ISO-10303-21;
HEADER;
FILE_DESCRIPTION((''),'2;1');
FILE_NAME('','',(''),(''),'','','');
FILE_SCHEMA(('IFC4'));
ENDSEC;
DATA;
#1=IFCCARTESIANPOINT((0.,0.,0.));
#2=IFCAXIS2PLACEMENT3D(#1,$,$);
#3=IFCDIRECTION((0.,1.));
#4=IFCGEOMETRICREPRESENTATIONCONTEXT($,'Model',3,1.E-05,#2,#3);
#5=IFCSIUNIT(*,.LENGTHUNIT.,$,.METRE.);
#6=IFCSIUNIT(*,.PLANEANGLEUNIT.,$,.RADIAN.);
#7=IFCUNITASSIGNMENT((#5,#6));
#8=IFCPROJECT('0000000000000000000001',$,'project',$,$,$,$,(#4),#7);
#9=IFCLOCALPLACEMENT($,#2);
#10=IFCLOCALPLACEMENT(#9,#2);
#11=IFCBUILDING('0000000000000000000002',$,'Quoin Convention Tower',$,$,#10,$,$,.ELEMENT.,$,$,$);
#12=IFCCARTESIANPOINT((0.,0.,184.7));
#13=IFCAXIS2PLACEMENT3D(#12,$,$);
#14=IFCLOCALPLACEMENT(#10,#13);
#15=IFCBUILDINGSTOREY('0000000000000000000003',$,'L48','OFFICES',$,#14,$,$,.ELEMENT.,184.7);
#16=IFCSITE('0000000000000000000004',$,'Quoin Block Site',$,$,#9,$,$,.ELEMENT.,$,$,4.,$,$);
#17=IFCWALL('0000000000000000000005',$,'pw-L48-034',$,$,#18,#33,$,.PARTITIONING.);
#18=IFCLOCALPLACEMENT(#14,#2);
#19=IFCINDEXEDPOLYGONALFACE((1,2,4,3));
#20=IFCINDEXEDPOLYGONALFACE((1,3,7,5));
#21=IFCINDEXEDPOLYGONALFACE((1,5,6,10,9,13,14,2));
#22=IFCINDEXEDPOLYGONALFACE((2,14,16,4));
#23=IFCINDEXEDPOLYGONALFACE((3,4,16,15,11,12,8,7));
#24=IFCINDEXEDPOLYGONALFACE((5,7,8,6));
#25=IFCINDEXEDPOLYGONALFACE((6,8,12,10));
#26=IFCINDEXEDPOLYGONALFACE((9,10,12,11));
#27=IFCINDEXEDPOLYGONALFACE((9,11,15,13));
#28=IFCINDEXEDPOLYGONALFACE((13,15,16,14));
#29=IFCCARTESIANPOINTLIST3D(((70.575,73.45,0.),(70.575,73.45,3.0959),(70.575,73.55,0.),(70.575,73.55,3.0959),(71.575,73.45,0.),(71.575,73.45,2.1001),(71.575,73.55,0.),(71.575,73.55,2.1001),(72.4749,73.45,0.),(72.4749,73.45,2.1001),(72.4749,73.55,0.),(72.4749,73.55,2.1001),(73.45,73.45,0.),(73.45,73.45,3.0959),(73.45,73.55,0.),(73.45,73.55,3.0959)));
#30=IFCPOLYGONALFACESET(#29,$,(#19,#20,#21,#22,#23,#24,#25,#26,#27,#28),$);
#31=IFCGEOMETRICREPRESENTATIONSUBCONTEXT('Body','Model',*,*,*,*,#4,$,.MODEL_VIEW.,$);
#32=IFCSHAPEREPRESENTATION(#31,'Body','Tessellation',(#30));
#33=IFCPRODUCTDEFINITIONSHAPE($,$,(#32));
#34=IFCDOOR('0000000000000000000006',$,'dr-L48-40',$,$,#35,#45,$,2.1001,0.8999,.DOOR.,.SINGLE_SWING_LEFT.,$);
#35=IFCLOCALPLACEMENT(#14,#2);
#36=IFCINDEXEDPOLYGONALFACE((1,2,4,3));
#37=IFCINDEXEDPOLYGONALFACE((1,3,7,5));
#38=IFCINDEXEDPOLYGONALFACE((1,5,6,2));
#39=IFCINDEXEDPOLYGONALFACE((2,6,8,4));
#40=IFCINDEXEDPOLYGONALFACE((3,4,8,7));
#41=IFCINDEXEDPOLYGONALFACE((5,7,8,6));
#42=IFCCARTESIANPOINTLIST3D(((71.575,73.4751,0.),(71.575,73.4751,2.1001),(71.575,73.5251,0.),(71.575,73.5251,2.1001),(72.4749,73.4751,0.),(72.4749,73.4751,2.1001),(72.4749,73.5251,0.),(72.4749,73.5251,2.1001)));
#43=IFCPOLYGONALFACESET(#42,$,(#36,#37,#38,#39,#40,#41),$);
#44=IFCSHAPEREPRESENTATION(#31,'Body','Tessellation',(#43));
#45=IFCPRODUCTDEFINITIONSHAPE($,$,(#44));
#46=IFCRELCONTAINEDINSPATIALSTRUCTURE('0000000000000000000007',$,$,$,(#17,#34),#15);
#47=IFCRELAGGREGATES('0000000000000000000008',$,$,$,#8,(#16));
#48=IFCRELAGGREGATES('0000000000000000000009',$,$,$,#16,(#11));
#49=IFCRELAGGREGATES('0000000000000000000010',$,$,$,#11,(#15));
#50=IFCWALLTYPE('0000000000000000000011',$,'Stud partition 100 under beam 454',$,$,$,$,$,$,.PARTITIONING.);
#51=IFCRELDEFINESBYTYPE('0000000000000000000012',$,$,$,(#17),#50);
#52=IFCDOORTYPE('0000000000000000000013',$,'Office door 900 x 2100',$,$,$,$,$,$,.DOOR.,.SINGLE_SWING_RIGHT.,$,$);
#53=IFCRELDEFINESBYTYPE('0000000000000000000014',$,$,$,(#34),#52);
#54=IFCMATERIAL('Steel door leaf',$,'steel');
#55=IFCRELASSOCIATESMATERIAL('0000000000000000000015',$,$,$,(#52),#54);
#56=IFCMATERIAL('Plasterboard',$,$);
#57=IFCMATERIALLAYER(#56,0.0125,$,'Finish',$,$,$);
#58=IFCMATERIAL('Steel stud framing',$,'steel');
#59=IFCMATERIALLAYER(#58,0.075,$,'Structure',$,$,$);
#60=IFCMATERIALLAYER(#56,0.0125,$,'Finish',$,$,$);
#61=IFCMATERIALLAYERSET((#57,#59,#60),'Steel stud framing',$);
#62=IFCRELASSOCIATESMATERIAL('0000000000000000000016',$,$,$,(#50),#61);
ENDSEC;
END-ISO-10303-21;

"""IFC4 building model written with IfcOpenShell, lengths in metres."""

from ifc_helpers import new_model, si_unit, direction, frame, frame_2d, origin, place, context, subcontext, project, spatial, rectangle, extrude, material, layer, layer_set, type_object, element, fill, save


model = new_model("IFC4")

# Units and contexts
model_context = context("Model", 3, precision=1e-05, world=origin(), true_north=direction((0.0, 1.0)))
body_context = subcontext(model_context, "Body", "Model", "MODEL_VIEW")
ifc_project = project(units=[si_unit("LENGTHUNIT", "METRE"), si_unit("PLANEANGLEUNIT", "RADIAN")], contexts=[model_context])

# Site, building, storey
site_placement = place(None, origin())
site = spatial("IfcSite", under=ifc_project, at=site_placement, Name="Quoin Block Site", CompositionType="ELEMENT", RefElevation=4.0)
building_placement = place(site_placement, origin())
building = spatial("IfcBuilding", under=site, at=building_placement, Name="Quoin Convention Tower", CompositionType="ELEMENT")
storey_placement = place(building_placement, frame((0.0, 0.0, 184.7)))
storey = spatial("IfcBuildingStorey", under=building, at=storey_placement, Name="L48", Description="OFFICES", CompositionType="ELEMENT", Elevation=184.7)

# Shared definitions
ifc_material_1 = material(Name="Plasterboard")
ifc_material_2 = material(Name="Steel stud framing", Category="steel")
ifc_material_3 = material(Name="Steel door leaf", Category="steel")
door_type_1 = type_object("IfcDoorType", Name="Office door 900 x 2100", OperationType="SINGLE_SWING_RIGHT", PredefinedType="DOOR", material=ifc_material_3)

# Wall, opening, door
ifc_layer_1 = layer(ifc_material_1, 0.0125, Name="Finish")
ifc_layer_2 = layer(ifc_material_2, 0.075, Name="Structure")
ifc_layer_3 = layer(ifc_material_1, 0.0125, Name="Finish")
ifc_layer_set_1 = layer_set([ifc_layer_1, ifc_layer_2, ifc_layer_3], Name="Steel stud framing")
wall_type_1 = type_object("IfcWallType", Name="Stud partition 100 under beam 454", PredefinedType="PARTITIONING", material=ifc_layer_set_1)
wall_1_placement = place(storey_placement, frame((70.575, 73.5, 0.0), z_axis=(0.0, 0.0, 1.0), x_axis=(1.0, 0.0, 0.0)))
wall_1 = element("IfcWall", 1, at=wall_1_placement, inside=storey, type_object=wall_type_1, Name="pw-L48-034", PredefinedType="PARTITIONING", context=body_context, shape_type="SweptSolid", body=[
    extrude(rectangle(XDim=2.875, YDim=0.1001, at=frame_2d((1.4375, 0.0))), origin(), (0.0, 0.0, 1.0), 3.0959),
])
opening_1_placement = place(wall_1_placement, frame((1.0, 0.0, 0.0)))
opening_1 = element("IfcOpeningElement", 2, at=opening_1_placement, cuts=wall_1, PredefinedType="OPENING", context=body_context, shape_type="SweptSolid", body=[
    extrude(rectangle(XDim=0.8999, YDim=2.1001, at=frame_2d((0.45, 1.05))), frame((0.0, 0.0601, 0.0), z_axis=(0.0, -1.0, 0.0), x_axis=(1.0, 0.0, 0.0)), (0.0, 0.0, 1.0), 0.1201),
])
door_1_placement = place(opening_1_placement, frame((0.8999, 0.0, 0.0), z_axis=(0.0, 0.0, 1.0), x_axis=(-1.0, 0.0, 0.0)))
door_1 = element("IfcDoor", 3, at=door_1_placement, inside=storey, type_object=door_type_1, Name="dr-L48-40", OperationType="SINGLE_SWING_LEFT", OverallHeight=2.1001, OverallWidth=0.8999, PredefinedType="DOOR", context=body_context, shape_type="SweptSolid", body=[
    extrude(rectangle(XDim=0.8999, YDim=2.1001, at=frame_2d((0.45, 1.05))), frame((0.0, 0.0249, 0.0), z_axis=(0.0, -1.0, 0.0), x_axis=(1.0, 0.0, 0.0)), (0.0, 0.0, 1.0), 0.05),
])
fill(opening_1, door_1)

save(model, "model.ifc")
